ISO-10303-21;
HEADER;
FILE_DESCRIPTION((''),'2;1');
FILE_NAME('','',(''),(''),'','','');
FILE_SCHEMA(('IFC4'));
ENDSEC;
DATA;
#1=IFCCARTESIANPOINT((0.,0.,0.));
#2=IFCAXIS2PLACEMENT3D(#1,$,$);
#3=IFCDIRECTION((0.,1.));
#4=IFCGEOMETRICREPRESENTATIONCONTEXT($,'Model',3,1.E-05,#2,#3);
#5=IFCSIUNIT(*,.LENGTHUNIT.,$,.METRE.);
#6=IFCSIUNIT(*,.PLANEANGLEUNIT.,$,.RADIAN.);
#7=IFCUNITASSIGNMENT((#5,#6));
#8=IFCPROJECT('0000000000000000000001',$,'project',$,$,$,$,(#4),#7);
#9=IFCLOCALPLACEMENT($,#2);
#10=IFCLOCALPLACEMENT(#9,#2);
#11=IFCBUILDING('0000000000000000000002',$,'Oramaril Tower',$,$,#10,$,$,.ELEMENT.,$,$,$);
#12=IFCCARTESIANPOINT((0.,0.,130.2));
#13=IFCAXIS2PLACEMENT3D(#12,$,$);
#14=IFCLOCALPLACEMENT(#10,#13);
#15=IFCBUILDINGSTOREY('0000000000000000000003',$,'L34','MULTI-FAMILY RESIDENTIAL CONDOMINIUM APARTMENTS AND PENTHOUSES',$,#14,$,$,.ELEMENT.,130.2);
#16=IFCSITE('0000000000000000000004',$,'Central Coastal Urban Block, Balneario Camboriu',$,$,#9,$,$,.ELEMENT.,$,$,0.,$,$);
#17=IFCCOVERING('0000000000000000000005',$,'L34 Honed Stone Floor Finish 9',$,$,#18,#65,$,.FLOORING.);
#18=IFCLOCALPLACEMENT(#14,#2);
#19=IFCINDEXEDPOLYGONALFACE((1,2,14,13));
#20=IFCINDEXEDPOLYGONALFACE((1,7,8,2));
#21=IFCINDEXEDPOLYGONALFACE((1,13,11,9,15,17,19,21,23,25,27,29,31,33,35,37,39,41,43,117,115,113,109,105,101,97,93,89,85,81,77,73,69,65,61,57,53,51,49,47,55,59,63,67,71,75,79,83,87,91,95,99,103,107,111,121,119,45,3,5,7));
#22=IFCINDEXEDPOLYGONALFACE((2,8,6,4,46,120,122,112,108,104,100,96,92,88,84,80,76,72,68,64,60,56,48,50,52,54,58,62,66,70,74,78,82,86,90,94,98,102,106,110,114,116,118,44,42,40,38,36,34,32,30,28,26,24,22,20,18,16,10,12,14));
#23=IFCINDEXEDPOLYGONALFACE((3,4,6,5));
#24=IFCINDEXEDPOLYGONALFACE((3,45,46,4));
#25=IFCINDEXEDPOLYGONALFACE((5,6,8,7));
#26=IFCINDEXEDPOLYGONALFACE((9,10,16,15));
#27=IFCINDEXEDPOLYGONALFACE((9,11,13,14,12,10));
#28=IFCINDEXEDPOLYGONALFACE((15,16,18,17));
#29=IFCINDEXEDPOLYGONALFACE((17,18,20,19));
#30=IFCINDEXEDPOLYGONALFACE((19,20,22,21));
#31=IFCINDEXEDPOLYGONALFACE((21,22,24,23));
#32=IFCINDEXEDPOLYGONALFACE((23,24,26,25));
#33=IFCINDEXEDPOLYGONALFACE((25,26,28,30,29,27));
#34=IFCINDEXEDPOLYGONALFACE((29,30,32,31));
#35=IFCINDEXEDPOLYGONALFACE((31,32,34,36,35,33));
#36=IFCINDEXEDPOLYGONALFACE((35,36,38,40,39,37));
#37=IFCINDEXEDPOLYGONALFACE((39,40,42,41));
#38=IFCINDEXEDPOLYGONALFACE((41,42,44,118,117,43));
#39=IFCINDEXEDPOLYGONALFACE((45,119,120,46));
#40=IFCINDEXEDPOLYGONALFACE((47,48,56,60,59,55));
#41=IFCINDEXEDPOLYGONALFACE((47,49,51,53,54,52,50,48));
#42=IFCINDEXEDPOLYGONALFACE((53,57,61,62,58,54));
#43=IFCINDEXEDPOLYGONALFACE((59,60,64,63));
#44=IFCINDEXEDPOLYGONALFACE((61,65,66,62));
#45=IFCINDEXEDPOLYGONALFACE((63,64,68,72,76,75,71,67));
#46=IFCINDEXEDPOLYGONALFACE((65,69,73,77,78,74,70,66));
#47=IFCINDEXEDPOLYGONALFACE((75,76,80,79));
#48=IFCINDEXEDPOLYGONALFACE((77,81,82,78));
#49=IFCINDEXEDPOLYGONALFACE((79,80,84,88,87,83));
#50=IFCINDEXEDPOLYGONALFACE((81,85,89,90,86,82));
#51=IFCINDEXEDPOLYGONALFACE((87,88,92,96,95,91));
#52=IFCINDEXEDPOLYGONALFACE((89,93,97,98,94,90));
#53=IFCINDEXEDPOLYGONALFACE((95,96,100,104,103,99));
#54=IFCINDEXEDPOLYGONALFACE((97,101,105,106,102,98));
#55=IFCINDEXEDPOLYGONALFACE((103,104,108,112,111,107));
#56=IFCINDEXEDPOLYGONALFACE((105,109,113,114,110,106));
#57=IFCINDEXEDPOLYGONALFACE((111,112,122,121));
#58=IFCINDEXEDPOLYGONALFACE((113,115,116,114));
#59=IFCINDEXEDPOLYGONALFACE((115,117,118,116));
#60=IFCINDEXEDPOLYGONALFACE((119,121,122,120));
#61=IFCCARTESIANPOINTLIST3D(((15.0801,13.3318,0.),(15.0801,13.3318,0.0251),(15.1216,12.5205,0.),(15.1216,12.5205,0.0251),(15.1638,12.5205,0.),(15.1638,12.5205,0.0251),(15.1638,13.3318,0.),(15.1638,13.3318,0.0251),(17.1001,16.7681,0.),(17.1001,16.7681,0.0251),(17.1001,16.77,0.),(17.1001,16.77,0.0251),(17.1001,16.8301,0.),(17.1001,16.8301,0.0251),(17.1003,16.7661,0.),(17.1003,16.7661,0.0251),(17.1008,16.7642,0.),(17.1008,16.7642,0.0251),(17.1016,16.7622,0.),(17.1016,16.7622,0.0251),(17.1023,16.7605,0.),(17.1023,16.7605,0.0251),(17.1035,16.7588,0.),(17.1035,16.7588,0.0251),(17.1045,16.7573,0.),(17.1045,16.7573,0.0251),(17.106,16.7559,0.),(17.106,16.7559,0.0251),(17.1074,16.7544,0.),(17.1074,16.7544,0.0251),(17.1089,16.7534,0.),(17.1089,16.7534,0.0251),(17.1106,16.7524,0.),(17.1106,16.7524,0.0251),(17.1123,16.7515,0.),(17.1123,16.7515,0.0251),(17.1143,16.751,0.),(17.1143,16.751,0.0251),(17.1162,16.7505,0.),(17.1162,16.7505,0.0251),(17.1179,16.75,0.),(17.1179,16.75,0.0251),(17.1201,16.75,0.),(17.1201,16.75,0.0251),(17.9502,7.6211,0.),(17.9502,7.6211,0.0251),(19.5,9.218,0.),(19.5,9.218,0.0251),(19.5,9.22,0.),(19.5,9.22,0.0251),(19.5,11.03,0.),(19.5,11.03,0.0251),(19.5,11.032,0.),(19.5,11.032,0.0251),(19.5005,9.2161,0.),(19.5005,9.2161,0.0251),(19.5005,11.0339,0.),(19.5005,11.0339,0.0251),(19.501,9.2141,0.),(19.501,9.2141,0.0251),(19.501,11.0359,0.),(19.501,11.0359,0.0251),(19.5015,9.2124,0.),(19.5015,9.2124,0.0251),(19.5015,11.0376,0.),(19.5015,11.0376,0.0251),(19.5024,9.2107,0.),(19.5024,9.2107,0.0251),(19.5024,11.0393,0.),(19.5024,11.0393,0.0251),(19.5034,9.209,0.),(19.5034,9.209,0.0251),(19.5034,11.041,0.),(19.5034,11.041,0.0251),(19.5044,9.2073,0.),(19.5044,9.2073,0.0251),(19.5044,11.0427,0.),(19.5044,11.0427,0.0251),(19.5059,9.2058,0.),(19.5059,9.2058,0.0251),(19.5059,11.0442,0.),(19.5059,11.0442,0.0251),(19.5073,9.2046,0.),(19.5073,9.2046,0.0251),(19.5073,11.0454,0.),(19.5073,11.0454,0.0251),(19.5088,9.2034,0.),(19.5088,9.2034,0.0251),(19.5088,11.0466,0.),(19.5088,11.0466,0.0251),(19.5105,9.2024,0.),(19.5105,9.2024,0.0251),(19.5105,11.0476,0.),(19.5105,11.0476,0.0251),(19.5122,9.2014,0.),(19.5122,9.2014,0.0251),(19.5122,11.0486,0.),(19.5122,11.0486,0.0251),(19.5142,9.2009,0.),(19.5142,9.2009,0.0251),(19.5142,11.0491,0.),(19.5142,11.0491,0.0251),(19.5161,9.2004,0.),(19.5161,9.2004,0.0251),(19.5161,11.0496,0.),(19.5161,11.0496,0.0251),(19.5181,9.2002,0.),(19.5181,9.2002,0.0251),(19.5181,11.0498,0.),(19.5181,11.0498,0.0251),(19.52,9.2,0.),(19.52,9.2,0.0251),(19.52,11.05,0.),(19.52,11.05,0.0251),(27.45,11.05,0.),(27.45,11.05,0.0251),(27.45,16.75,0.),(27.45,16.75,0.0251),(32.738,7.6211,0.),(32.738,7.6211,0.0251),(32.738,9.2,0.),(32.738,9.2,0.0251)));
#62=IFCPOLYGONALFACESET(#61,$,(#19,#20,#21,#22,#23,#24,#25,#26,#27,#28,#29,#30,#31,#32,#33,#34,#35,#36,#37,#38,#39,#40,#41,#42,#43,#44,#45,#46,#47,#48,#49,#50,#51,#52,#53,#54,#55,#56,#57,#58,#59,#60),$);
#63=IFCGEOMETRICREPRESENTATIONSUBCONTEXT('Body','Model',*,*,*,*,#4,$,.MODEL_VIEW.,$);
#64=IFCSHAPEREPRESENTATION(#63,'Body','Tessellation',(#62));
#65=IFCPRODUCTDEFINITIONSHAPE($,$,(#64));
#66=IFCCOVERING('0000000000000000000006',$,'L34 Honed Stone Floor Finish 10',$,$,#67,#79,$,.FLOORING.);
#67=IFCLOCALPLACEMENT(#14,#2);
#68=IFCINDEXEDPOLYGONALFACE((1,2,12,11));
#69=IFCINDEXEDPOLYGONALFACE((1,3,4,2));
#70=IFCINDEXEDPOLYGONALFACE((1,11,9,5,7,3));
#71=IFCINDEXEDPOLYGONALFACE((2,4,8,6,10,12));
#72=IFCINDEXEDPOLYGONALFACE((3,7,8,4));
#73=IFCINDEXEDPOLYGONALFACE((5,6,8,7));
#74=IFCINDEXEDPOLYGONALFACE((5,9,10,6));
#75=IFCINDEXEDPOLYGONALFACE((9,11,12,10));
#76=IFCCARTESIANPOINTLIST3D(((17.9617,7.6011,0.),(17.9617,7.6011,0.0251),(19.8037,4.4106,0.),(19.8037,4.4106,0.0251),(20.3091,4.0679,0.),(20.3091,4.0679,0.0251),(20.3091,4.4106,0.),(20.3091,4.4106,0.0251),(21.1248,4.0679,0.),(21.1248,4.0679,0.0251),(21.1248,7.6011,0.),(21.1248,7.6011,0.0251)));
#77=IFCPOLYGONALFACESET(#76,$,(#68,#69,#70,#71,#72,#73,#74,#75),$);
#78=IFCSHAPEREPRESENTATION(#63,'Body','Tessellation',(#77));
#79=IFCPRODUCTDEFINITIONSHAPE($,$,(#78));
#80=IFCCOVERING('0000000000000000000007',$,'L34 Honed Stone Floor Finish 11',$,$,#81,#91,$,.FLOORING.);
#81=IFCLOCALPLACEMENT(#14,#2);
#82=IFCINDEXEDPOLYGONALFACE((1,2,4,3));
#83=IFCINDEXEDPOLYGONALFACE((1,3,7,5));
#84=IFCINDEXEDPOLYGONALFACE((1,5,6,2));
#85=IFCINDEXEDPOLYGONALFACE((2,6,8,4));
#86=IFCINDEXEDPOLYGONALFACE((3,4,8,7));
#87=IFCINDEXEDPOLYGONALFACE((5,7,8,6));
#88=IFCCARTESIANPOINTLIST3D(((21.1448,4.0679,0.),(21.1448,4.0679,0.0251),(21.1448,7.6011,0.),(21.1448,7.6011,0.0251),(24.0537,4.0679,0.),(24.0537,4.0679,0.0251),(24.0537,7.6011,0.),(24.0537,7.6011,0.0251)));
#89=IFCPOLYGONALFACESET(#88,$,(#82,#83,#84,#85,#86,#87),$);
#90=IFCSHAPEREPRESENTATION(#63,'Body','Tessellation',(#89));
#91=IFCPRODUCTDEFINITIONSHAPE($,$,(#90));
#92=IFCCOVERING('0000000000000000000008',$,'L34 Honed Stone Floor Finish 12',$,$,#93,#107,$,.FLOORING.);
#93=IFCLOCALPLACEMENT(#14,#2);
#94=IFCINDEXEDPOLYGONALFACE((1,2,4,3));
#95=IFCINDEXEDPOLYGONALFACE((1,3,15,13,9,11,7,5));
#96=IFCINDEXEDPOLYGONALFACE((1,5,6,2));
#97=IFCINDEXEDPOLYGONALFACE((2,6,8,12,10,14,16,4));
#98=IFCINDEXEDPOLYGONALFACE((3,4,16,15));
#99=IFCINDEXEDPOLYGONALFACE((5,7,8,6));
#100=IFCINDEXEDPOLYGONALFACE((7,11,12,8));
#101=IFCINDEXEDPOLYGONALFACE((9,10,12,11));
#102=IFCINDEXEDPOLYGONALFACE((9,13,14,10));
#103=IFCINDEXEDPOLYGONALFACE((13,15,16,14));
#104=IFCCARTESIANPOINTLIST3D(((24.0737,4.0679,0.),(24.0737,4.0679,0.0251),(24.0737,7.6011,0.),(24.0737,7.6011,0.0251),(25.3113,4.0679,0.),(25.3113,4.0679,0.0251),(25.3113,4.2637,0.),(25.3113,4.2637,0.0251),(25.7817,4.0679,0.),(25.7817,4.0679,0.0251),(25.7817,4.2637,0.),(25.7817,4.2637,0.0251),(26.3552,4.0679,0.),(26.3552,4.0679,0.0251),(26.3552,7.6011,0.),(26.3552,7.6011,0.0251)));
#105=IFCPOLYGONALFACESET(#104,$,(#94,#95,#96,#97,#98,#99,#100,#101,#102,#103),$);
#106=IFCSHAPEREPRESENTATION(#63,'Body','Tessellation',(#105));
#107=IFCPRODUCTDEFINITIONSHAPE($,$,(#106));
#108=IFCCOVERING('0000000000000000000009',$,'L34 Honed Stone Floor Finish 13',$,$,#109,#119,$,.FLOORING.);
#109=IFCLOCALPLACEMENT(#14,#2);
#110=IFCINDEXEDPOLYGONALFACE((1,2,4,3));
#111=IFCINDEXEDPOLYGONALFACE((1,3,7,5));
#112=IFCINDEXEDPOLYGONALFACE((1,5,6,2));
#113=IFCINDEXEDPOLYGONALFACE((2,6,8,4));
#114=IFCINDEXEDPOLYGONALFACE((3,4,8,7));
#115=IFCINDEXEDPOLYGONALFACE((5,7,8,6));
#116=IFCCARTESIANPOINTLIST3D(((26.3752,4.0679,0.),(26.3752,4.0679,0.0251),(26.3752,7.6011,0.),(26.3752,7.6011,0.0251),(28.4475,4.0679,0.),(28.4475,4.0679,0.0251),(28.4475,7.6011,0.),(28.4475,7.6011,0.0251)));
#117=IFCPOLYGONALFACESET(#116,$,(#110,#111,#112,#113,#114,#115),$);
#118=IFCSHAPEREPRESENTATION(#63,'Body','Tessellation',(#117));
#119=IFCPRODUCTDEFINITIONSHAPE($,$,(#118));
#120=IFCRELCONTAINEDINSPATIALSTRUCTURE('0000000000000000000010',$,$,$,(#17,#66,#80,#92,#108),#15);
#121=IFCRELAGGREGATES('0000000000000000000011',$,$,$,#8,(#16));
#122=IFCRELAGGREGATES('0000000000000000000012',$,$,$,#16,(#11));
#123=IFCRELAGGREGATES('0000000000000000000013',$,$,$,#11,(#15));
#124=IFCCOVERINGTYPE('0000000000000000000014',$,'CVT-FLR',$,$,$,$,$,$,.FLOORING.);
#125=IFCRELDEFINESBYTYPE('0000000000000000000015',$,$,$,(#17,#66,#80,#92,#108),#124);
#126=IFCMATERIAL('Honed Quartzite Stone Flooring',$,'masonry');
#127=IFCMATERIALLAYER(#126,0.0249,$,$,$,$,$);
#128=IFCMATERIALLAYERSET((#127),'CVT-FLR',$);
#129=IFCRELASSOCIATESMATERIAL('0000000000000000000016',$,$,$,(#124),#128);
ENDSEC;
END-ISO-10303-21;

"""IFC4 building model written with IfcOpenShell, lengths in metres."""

from ifc_helpers import new_model, si_unit, direction, frame, origin, place, context, subcontext, project, spatial, polyline, outline, extrude, material, layer, layer_set, type_object, element, save


model = new_model("IFC4")

# Units and contexts
model_context = context("Model", 3, precision=1e-05, world=origin(), true_north=direction((0.0, 1.0)))
body_context = subcontext(model_context, "Body", "Model", "MODEL_VIEW")
ifc_project = project(units=[si_unit("LENGTHUNIT", "METRE"), si_unit("PLANEANGLEUNIT", "RADIAN")], contexts=[model_context])

# Site, building, storey
site_placement = place(None, origin())
site = spatial("IfcSite", under=ifc_project, at=site_placement, Name="Central Coastal Urban Block, Balneario Camboriu", CompositionType="ELEMENT", RefElevation=0.0)
building_placement = place(site_placement, origin())
building = spatial("IfcBuilding", under=site, at=building_placement, Name="Oramaril Tower", CompositionType="ELEMENT")
storey_placement = place(building_placement, frame((0.0, 0.0, 130.2)))
storey = spatial("IfcBuildingStorey", under=building, at=storey_placement, Name="L34", Description="MULTI-FAMILY RESIDENTIAL CONDOMINIUM APARTMENTS AND PENTHOUSES", CompositionType="ELEMENT", Elevation=130.2)

# Coverings
ifc_material_1 = material(Name="Honed Quartzite Stone Flooring", Category="masonry")
ifc_layer_1 = layer(ifc_material_1, 0.0249)
ifc_layer_set_1 = layer_set([ifc_layer_1], Name="CVT-FLR")
covering_type_1 = type_object("IfcCoveringType", Name="CVT-FLR", PredefinedType="FLOORING", material=ifc_layer_set_1)
covering_1_placement = place(storey_placement, origin())
element("IfcCovering", 1, at=covering_1_placement, inside=storey, type_object=covering_type_1, Name="L34 Honed Stone Floor Finish 9", PredefinedType="FLOORING", context=body_context, shape_type="SweptSolid", body=[
    extrude(outline(polyline([(17.9502, 7.6211), (15.1216, 12.5205), (15.1638, 12.5205), (15.1638, 13.3318), (15.0801, 13.3318), (17.1001, 16.8301), (17.1001, 16.77), (17.1001, 16.7681), (17.1003, 16.7661), (17.1008, 16.7642), (17.1016, 16.7622), (17.1023, 16.7605), (17.1035, 16.7588), (17.1045, 16.7573), (17.106, 16.7559), (17.1074, 16.7544), (17.1089, 16.7534), (17.1106, 16.7524), (17.1123, 16.7515), (17.1143, 16.751), (17.1162, 16.7505), (17.1179, 16.75), (17.1201, 16.75), (27.45, 16.75), (27.45, 11.05), (19.52, 11.05), (19.5181, 11.0498), (19.5161, 11.0496), (19.5142, 11.0491), (19.5122, 11.0486), (19.5105, 11.0476), (19.5088, 11.0466), (19.5073, 11.0454), (19.5059, 11.0442), (19.5044, 11.0427), (19.5034, 11.041), (19.5024, 11.0393), (19.5015, 11.0376), (19.501, 11.0359), (19.5005, 11.0339), (19.5, 11.032), (19.5, 11.03), (19.5, 9.22), (19.5, 9.218), (19.5005, 9.2161), (19.501, 9.2141), (19.5015, 9.2124), (19.5024, 9.2107), (19.5034, 9.209), (19.5044, 9.2073), (19.5059, 9.2058), (19.5073, 9.2046), (19.5088, 9.2034), (19.5105, 9.2024), (19.5122, 9.2014), (19.5142, 9.2009), (19.5161, 9.2004), (19.5181, 9.2002), (19.52, 9.2), (32.738, 9.2), (32.738, 7.6211), (17.9502, 7.6211)])), origin(), (0.0, 0.0, 1.0), 0.0251),
])
covering_2_placement = place(storey_placement, origin())
element("IfcCovering", 2, at=covering_2_placement, inside=storey, type_object=covering_type_1, Name="L34 Honed Stone Floor Finish 10", PredefinedType="FLOORING", context=body_context, shape_type="SweptSolid", body=[
    extrude(outline(polyline([(20.3091, 4.0679), (20.3091, 4.4106), (19.8037, 4.4106), (17.9617, 7.6011), (21.1248, 7.6011), (21.1248, 4.0679), (20.3091, 4.0679)])), origin(), (0.0, 0.0, 1.0), 0.0251),
])
covering_3_placement = place(storey_placement, origin())
element("IfcCovering", 3, at=covering_3_placement, inside=storey, type_object=covering_type_1, Name="L34 Honed Stone Floor Finish 11", PredefinedType="FLOORING", context=body_context, shape_type="SweptSolid", body=[
    extrude(outline(polyline([(21.1448, 4.0679), (21.1448, 7.6011), (24.0537, 7.6011), (24.0537, 4.0679), (21.1448, 4.0679)])), origin(), (0.0, 0.0, 1.0), 0.0251),
])
covering_4_placement = place(storey_placement, origin())
element("IfcCovering", 4, at=covering_4_placement, inside=storey, type_object=covering_type_1, Name="L34 Honed Stone Floor Finish 12", PredefinedType="FLOORING", context=body_context, shape_type="SweptSolid", body=[
    extrude(outline(polyline([(25.7817, 4.0679), (25.7817, 4.2637), (25.3113, 4.2637), (25.3113, 4.0679), (24.0737, 4.0679), (24.0737, 7.6011), (26.3552, 7.6011), (26.3552, 4.0679), (25.7817, 4.0679)])), origin(), (0.0, 0.0, 1.0), 0.0251),
])
covering_5_placement = place(storey_placement, origin())
element("IfcCovering", 5, at=covering_5_placement, inside=storey, type_object=covering_type_1, Name="L34 Honed Stone Floor Finish 13", PredefinedType="FLOORING", context=body_context, shape_type="SweptSolid", body=[
    extrude(outline(polyline([(26.3752, 4.0679), (26.3752, 7.6011), (28.4475, 7.6011), (28.4475, 4.0679), (26.3752, 4.0679)])), origin(), (0.0, 0.0, 1.0), 0.0251),
])

save(model, "model.ifc")
